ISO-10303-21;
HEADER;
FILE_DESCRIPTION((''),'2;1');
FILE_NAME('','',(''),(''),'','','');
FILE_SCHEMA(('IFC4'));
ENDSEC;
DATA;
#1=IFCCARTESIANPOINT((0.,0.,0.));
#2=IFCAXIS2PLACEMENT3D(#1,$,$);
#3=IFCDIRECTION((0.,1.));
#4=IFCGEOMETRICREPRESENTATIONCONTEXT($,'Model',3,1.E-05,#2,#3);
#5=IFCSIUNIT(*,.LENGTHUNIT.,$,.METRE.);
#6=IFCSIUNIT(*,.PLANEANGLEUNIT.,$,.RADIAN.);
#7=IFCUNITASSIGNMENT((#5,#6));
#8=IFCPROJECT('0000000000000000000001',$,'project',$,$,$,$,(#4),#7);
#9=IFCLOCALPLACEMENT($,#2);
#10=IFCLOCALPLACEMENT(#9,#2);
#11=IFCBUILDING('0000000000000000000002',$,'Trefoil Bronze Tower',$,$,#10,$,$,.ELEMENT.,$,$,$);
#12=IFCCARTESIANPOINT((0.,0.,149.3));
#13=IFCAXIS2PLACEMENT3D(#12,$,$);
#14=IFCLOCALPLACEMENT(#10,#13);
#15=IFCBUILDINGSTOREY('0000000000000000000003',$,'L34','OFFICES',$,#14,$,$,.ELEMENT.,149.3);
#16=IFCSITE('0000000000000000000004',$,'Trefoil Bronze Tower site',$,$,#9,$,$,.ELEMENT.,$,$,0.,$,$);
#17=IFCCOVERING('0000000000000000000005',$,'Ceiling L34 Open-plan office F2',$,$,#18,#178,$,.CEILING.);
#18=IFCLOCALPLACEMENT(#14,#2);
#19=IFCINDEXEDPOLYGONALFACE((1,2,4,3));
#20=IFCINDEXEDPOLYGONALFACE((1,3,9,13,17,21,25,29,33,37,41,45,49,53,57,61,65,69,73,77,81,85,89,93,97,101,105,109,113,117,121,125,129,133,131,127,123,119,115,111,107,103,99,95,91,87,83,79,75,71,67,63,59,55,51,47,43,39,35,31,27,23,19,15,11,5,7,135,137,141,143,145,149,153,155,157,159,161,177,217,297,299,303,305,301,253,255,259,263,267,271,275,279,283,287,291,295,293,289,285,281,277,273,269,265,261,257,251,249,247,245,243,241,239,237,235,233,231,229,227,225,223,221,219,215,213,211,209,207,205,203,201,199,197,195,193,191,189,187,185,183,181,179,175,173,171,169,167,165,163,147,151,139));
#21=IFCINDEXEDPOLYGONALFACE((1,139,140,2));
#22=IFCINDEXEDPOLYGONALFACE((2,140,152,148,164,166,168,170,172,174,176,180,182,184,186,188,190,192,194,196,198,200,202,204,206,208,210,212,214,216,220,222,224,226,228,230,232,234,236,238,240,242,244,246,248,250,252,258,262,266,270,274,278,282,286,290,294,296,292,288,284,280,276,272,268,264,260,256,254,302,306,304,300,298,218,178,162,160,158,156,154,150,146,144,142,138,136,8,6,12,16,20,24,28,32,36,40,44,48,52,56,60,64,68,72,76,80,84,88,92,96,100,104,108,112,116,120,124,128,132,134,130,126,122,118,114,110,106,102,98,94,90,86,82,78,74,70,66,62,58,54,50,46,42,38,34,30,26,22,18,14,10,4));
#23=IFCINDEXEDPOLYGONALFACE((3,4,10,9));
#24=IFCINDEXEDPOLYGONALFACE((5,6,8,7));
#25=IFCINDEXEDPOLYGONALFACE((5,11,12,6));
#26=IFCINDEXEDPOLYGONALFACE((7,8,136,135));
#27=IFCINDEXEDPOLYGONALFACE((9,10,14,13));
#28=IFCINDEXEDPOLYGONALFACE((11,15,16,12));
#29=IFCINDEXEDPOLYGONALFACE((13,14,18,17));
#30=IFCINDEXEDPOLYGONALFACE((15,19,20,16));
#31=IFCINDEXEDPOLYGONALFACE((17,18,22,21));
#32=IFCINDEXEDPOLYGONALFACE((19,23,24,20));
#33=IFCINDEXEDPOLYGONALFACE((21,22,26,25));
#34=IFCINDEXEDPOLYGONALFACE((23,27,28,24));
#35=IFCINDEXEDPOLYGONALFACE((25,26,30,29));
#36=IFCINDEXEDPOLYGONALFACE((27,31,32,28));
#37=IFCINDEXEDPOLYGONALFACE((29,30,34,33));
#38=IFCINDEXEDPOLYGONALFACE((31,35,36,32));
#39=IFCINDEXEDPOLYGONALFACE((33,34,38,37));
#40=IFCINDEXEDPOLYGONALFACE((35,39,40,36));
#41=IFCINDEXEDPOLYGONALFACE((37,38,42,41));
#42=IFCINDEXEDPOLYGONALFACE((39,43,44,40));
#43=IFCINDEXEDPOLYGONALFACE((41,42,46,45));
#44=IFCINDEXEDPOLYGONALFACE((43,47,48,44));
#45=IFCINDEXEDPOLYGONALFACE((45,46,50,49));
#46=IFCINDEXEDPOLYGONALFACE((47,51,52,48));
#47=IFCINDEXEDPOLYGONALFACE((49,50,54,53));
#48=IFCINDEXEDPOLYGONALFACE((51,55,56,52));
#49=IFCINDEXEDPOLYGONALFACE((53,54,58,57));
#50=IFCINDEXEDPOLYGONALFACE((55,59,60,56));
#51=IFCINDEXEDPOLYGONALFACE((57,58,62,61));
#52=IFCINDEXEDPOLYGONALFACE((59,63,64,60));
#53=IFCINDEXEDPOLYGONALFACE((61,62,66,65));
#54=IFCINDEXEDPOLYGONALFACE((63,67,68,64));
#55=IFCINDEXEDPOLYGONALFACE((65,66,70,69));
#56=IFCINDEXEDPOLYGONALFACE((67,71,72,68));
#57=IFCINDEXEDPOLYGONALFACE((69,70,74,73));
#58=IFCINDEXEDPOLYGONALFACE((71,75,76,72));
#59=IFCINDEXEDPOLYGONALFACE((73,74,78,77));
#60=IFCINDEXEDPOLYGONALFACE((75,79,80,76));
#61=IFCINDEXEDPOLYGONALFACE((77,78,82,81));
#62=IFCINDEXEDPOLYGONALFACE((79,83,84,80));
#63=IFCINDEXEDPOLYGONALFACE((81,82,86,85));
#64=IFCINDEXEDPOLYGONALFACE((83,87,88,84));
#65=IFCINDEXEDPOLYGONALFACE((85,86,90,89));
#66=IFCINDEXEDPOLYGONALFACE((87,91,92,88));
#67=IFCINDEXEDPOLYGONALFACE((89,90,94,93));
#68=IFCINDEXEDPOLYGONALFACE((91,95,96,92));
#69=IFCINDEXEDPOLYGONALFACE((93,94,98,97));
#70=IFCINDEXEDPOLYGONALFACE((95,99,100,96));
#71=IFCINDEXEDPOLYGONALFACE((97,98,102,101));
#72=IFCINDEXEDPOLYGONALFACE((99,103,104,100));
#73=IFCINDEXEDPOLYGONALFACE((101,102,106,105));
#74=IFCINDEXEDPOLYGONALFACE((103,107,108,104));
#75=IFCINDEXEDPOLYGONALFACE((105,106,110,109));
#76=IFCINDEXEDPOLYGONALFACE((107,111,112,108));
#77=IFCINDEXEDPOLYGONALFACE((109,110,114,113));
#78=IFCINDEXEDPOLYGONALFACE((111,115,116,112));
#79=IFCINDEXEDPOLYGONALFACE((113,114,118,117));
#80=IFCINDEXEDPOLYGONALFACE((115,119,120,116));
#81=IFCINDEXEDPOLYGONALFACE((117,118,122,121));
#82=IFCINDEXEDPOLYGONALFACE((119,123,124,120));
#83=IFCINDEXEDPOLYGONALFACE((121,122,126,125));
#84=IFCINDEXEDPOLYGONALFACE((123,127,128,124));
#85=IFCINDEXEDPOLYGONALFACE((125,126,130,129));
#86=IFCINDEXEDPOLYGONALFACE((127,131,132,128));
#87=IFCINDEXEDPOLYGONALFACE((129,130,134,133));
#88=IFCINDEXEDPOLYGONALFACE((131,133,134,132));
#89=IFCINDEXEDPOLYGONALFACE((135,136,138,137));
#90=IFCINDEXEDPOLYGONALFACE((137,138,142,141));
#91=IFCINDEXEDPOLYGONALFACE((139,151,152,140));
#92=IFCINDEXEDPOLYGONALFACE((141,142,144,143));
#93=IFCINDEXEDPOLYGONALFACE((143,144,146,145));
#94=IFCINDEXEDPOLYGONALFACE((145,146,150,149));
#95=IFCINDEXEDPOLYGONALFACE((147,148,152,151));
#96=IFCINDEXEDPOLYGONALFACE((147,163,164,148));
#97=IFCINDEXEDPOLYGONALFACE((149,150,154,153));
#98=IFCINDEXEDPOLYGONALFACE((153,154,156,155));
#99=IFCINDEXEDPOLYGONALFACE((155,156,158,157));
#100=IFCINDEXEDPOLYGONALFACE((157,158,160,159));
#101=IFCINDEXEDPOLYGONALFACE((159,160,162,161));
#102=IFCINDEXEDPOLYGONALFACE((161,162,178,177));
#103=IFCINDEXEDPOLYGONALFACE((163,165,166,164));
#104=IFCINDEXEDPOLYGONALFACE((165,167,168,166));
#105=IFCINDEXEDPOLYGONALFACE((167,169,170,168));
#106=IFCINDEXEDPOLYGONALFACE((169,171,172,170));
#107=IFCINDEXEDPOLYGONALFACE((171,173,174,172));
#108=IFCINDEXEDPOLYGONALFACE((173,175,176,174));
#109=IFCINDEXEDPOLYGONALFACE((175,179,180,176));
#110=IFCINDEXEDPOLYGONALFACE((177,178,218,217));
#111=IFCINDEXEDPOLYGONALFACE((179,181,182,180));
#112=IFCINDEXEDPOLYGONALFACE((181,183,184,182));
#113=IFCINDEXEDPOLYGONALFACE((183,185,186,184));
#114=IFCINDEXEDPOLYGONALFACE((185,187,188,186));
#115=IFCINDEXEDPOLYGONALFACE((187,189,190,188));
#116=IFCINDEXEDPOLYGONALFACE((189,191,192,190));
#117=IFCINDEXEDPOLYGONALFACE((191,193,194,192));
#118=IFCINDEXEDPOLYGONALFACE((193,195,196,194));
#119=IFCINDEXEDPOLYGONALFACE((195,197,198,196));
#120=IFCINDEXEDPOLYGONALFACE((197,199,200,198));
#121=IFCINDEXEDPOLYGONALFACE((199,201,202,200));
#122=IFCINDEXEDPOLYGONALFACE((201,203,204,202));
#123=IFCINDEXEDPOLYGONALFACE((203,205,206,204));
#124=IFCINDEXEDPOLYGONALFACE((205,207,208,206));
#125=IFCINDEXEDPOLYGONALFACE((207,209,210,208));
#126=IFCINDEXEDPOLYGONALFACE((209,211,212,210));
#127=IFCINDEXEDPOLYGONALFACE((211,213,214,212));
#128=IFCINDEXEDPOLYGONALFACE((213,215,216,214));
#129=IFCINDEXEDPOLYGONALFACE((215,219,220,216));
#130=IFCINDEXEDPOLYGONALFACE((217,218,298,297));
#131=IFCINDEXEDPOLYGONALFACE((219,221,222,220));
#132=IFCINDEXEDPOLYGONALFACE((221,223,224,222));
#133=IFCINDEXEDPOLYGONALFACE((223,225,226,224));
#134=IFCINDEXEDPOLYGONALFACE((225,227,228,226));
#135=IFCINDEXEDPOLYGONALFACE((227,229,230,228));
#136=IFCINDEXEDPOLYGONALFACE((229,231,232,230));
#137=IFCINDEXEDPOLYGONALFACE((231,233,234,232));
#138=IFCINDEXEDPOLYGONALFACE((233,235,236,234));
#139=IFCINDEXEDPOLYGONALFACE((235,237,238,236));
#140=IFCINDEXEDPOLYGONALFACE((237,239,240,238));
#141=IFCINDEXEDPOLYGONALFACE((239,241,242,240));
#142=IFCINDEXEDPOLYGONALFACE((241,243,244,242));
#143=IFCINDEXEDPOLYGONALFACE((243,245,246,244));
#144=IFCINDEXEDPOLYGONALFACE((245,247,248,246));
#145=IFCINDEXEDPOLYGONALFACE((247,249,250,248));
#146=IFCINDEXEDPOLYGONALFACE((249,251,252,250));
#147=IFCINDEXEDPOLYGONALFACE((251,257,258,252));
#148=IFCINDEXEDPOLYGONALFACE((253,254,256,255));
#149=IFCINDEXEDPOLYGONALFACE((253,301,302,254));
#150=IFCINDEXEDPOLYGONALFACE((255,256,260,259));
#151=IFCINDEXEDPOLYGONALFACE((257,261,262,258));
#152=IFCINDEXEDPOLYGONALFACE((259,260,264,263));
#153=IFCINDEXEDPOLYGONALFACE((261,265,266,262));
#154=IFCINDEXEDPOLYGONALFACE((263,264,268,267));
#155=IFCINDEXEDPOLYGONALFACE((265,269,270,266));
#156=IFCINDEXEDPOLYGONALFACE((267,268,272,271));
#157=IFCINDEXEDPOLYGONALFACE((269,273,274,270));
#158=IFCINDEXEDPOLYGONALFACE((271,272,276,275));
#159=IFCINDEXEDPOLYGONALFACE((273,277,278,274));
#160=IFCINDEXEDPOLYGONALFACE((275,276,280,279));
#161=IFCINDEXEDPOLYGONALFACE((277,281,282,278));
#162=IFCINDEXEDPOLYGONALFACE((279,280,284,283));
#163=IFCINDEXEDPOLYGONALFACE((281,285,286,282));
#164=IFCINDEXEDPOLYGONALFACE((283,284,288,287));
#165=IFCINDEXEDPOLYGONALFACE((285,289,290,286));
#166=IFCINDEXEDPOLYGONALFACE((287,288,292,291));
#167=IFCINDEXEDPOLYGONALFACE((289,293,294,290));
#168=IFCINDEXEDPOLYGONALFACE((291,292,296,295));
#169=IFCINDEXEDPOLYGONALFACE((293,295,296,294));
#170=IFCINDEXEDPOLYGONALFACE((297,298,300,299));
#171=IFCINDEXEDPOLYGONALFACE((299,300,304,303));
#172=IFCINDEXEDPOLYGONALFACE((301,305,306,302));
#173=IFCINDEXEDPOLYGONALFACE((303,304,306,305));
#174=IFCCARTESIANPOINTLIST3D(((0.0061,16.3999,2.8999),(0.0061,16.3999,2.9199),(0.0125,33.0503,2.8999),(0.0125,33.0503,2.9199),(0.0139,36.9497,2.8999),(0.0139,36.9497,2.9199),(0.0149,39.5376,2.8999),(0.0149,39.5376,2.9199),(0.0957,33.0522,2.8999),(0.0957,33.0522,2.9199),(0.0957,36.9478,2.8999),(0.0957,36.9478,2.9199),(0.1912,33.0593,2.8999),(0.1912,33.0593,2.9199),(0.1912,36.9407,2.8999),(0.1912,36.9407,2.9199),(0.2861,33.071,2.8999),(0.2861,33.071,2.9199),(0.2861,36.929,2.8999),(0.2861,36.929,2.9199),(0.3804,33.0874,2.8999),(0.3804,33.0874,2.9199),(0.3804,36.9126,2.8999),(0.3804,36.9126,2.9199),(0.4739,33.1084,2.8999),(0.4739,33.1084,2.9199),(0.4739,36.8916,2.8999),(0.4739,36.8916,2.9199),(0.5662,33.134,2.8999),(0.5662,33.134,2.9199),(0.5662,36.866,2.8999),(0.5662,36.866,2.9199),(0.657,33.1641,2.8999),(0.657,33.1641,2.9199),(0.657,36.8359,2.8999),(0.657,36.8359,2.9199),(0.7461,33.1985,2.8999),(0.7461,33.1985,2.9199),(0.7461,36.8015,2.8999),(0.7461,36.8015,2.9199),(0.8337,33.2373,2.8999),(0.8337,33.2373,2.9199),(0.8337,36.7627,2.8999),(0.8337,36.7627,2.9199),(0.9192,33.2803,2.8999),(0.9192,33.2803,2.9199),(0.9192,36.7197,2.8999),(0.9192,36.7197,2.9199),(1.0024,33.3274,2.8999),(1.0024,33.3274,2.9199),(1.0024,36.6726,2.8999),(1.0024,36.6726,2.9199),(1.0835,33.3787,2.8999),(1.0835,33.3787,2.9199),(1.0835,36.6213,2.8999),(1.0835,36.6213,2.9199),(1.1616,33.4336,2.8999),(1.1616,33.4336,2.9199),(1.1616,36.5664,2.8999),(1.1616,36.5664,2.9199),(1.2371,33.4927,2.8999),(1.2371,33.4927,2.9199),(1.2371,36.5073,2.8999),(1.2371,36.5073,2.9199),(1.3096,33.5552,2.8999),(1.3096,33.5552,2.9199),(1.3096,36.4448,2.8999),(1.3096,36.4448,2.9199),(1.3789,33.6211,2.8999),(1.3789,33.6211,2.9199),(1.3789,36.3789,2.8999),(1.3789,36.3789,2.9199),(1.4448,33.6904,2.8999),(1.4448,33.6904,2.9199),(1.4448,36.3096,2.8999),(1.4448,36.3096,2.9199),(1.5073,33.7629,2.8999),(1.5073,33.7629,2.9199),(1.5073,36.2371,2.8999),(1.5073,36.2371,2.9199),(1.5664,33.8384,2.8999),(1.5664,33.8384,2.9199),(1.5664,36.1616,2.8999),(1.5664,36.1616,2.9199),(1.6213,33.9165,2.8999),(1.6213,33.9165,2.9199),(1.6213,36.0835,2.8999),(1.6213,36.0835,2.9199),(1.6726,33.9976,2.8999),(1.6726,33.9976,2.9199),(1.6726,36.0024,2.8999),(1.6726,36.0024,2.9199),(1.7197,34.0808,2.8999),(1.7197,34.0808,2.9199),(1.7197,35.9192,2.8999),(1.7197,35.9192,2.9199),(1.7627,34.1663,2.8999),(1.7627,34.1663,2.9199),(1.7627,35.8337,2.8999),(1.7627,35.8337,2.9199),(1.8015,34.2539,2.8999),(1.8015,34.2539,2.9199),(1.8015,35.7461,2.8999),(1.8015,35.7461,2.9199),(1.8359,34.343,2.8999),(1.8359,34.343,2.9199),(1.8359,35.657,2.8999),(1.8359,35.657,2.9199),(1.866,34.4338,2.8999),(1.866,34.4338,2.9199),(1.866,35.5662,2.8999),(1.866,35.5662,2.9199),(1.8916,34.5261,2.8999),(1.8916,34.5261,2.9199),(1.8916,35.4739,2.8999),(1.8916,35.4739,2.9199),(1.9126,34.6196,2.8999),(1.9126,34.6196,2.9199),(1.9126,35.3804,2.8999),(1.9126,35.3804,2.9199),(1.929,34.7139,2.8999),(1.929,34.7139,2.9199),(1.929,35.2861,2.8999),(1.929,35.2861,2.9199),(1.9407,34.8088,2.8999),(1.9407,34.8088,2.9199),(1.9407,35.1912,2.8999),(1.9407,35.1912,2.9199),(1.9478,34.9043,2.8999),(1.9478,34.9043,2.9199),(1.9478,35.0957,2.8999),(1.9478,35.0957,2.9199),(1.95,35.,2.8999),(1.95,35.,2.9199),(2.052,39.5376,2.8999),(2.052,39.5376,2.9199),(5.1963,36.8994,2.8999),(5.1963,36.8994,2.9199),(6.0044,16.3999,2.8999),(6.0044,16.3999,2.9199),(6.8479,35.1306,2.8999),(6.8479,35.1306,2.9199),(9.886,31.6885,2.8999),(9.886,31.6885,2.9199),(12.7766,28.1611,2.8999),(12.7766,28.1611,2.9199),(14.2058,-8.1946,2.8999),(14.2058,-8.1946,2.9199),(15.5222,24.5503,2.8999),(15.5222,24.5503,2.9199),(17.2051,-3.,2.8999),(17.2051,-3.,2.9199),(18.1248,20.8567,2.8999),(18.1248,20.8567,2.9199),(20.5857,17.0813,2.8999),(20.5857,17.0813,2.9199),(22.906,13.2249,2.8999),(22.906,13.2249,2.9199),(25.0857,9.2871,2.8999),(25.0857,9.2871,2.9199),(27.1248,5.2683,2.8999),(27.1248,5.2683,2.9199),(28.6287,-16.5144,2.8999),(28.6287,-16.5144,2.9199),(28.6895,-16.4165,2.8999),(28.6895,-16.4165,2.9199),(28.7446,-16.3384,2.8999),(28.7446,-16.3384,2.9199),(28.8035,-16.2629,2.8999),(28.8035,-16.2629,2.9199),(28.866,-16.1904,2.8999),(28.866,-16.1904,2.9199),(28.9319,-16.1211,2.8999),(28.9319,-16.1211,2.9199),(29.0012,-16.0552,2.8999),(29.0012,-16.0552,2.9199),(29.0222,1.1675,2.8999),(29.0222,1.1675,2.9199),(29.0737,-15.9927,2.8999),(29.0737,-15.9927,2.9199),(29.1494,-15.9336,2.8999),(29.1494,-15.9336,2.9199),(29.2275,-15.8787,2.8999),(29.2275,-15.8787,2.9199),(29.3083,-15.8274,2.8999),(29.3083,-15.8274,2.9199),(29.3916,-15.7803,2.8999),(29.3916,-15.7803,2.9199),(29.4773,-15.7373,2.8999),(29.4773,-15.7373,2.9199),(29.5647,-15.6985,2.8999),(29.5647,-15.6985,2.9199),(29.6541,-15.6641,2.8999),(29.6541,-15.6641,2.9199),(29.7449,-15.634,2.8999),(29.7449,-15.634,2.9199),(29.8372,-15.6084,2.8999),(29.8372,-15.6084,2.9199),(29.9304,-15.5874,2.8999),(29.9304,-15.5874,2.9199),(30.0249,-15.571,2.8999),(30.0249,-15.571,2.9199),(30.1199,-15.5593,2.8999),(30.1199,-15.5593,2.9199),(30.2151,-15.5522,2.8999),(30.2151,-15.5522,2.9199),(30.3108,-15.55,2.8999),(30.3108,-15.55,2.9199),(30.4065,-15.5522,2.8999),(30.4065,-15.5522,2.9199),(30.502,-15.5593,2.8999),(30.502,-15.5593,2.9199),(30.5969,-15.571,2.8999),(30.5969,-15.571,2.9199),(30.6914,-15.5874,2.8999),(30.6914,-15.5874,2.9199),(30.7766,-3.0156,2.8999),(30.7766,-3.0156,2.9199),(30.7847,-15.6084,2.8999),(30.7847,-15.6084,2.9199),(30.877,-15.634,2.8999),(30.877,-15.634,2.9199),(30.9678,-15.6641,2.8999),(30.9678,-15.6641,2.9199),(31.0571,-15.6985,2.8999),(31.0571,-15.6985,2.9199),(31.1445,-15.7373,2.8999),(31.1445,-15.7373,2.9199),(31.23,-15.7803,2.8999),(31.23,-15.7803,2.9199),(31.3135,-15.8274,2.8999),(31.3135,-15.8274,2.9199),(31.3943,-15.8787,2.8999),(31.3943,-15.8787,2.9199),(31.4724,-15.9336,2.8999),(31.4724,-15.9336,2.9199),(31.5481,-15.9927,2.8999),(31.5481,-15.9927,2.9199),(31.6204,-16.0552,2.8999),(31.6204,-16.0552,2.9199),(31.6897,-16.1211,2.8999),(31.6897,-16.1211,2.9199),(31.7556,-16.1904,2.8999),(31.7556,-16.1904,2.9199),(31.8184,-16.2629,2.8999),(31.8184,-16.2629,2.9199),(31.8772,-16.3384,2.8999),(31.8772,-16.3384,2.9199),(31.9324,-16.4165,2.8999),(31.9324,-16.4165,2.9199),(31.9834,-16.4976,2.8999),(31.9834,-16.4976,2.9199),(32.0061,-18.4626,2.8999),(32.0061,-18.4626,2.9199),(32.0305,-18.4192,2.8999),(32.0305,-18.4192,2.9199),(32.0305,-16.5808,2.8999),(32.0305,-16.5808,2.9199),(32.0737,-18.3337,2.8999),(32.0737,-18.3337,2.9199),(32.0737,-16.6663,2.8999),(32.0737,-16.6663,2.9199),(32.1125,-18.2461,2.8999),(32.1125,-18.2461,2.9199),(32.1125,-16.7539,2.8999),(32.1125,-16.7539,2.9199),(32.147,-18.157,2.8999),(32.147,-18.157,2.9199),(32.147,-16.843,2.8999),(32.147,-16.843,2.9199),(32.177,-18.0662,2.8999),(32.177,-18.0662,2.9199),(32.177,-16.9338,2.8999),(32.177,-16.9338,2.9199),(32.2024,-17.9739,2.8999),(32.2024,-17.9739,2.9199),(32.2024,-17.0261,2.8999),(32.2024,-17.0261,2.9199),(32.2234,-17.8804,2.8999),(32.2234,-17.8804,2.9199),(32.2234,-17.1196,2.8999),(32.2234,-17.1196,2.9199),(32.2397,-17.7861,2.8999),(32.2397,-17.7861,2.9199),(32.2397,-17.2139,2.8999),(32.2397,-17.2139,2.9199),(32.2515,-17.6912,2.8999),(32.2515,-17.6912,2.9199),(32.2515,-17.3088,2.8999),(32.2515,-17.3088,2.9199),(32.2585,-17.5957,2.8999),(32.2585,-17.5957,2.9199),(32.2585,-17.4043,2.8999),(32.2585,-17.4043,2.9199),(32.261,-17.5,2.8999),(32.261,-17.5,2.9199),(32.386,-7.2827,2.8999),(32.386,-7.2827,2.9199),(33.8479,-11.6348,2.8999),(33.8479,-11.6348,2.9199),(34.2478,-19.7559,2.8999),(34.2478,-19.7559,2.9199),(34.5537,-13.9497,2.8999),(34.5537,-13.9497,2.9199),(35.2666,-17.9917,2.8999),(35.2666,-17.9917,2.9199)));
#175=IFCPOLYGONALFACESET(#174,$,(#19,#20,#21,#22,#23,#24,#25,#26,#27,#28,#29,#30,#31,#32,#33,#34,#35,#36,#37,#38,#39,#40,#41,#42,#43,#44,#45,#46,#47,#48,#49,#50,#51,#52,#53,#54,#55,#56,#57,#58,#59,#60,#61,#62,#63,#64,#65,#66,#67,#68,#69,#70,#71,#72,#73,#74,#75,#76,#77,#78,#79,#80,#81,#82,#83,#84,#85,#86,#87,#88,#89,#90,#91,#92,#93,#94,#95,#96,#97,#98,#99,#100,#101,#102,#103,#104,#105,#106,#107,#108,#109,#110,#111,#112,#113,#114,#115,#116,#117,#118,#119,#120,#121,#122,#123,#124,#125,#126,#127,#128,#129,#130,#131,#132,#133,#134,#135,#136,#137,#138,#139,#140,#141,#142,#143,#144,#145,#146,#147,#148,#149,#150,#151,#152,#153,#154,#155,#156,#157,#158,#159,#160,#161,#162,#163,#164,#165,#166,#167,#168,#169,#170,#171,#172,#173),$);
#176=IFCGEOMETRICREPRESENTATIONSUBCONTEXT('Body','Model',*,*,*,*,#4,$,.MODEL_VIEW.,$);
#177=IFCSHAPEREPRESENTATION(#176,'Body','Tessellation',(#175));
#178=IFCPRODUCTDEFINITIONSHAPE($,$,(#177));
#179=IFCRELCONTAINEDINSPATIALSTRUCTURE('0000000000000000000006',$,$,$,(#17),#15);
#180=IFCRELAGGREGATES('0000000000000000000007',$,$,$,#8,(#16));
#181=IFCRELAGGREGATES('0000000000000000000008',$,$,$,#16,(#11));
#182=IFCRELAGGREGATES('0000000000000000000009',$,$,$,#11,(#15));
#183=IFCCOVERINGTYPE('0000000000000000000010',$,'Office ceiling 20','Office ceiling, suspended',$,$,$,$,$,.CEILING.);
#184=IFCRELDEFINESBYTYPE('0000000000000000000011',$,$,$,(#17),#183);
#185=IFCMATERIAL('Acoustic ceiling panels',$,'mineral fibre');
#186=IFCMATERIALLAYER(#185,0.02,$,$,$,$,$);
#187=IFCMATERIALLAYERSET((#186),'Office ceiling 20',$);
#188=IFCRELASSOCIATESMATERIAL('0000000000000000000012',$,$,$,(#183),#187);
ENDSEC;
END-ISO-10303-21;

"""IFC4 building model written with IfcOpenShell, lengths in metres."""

from ifc_helpers import new_model, si_unit, direction, frame, origin, place, context, subcontext, project, spatial, polyline, outline, extrude, material, layer, layer_set, type_object, element, save


model = new_model("IFC4")

# Units and contexts
model_context = context("Model", 3, precision=1e-05, world=origin(), true_north=direction((0.0, 1.0)))
body_context = subcontext(model_context, "Body", "Model", "MODEL_VIEW")
ifc_project = project(units=[si_unit("LENGTHUNIT", "METRE"), si_unit("PLANEANGLEUNIT", "RADIAN")], contexts=[model_context])

# Site, building, storey
site_placement = place(None, origin())
site = spatial("IfcSite", under=ifc_project, at=site_placement, Name="Trefoil Bronze Tower site", CompositionType="ELEMENT", RefElevation=0.0)
building_placement = place(site_placement, origin())
building = spatial("IfcBuilding", under=site, at=building_placement, Name="Trefoil Bronze Tower", CompositionType="ELEMENT")
storey_placement = place(building_placement, frame((0.0, 0.0, 149.3)))
storey = spatial("IfcBuildingStorey", under=building, at=storey_placement, Name="L34", Description="OFFICES", CompositionType="ELEMENT", Elevation=149.3)

# Covering
ifc_material_1 = material(Name="Acoustic ceiling panels", Category="mineral fibre")
ifc_layer_1 = layer(ifc_material_1, 0.02)
ifc_layer_set_1 = layer_set([ifc_layer_1], Name="Office ceiling 20")
covering_type_1 = type_object("IfcCoveringType", Name="Office ceiling 20", Description="Office ceiling, suspended", PredefinedType="CEILING", material=ifc_layer_set_1)
covering_1_placement = place(storey_placement, frame((0.0, 0.0, 2.8999)))
element("IfcCovering", 1, at=covering_1_placement, inside=storey, type_object=covering_type_1, Name="Ceiling L34 Open-plan office F2", PredefinedType="CEILING", context=body_context, shape_type="SweptSolid", body=[
    extrude(outline(polyline([(6.8479, 35.1306), (9.886, 31.6885), (12.7766, 28.1611), (15.5222, 24.5503), (18.1248, 20.8567), (20.5857, 17.0813), (22.906, 13.2249), (25.0857, 9.2871), (27.1248, 5.2683), (29.0222, 1.1675), (30.7766, -3.0156), (32.386, -7.2827), (33.8479, -11.6348), (34.5537, -13.9497), (35.2666, -17.9917), (34.2478, -19.7559), (32.0061, -18.4626), (32.0305, -18.4192), (32.0737, -18.3337), (32.1125, -18.2461), (32.147, -18.157), (32.177, -18.0662), (32.2024, -17.9739), (32.2234, -17.8804), (32.2397, -17.7861), (32.2515, -17.6912), (32.2585, -17.5957), (32.261, -17.5), (32.2585, -17.4043), (32.2515, -17.3088), (32.2397, -17.2139), (32.2234, -17.1196), (32.2024, -17.0261), (32.177, -16.9338), (32.147, -16.843), (32.1125, -16.7539), (32.0737, -16.6663), (32.0305, -16.5808), (31.9834, -16.4976), (31.9324, -16.4165), (31.8772, -16.3384), (31.8184, -16.2629), (31.7556, -16.1904), (31.6897, -16.1211), (31.6204, -16.0552), (31.5481, -15.9927), (31.4724, -15.9336), (31.3943, -15.8787), (31.3135, -15.8274), (31.23, -15.7803), (31.1445, -15.7373), (31.0571, -15.6985), (30.9678, -15.6641), (30.877, -15.634), (30.7847, -15.6084), (30.6914, -15.5874), (30.5969, -15.571), (30.502, -15.5593), (30.4065, -15.5522), (30.3108, -15.55), (30.2151, -15.5522), (30.1199, -15.5593), (30.0249, -15.571), (29.9304, -15.5874), (29.8372, -15.6084), (29.7449, -15.634), (29.6541, -15.6641), (29.5647, -15.6985), (29.4773, -15.7373), (29.3916, -15.7803), (29.3083, -15.8274), (29.2275, -15.8787), (29.1494, -15.9336), (29.0737, -15.9927), (29.0012, -16.0552), (28.9319, -16.1211), (28.866, -16.1904), (28.8035, -16.2629), (28.7446, -16.3384), (28.6895, -16.4165), (28.6287, -16.5144), (14.2058, -8.1946), (17.2051, -3.0), (6.0044, 16.3999), (0.0061, 16.3999), (0.0125, 33.0503), (0.0957, 33.0522), (0.1912, 33.0593), (0.2861, 33.071), (0.3804, 33.0874), (0.4739, 33.1084), (0.5662, 33.134), (0.657, 33.1641), (0.7461, 33.1985), (0.8337, 33.2373), (0.9192, 33.2803), (1.0024, 33.3274), (1.0835, 33.3787), (1.1616, 33.4336), (1.2371, 33.4927), (1.3096, 33.5552), (1.3789, 33.6211), (1.4448, 33.6904), (1.5073, 33.7629), (1.5664, 33.8384), (1.6213, 33.9165), (1.6726, 33.9976), (1.7197, 34.0808), (1.7627, 34.1663), (1.8015, 34.2539), (1.8359, 34.343), (1.866, 34.4338), (1.8916, 34.5261), (1.9126, 34.6196), (1.929, 34.7139), (1.9407, 34.8088), (1.9478, 34.9043), (1.95, 35.0), (1.9478, 35.0957), (1.9407, 35.1912), (1.929, 35.2861), (1.9126, 35.3804), (1.8916, 35.4739), (1.866, 35.5662), (1.8359, 35.657), (1.8015, 35.7461), (1.7627, 35.8337), (1.7197, 35.9192), (1.6726, 36.0024), (1.6213, 36.0835), (1.5664, 36.1616), (1.5073, 36.2371), (1.4448, 36.3096), (1.3789, 36.3789), (1.3096, 36.4448), (1.2371, 36.5073), (1.1616, 36.5664), (1.0835, 36.6213), (1.0024, 36.6726), (0.9192, 36.7197), (0.8337, 36.7627), (0.7461, 36.8015), (0.657, 36.8359), (0.5662, 36.866), (0.4739, 36.8916), (0.3804, 36.9126), (0.2861, 36.929), (0.1912, 36.9407), (0.0957, 36.9478), (0.0139, 36.9497), (0.0149, 39.5376), (2.052, 39.5376), (5.1963, 36.8994), (6.8479, 35.1306)])), origin(), (0.0, 0.0, 1.0), 0.02),
])

save(model, "model.ifc")
